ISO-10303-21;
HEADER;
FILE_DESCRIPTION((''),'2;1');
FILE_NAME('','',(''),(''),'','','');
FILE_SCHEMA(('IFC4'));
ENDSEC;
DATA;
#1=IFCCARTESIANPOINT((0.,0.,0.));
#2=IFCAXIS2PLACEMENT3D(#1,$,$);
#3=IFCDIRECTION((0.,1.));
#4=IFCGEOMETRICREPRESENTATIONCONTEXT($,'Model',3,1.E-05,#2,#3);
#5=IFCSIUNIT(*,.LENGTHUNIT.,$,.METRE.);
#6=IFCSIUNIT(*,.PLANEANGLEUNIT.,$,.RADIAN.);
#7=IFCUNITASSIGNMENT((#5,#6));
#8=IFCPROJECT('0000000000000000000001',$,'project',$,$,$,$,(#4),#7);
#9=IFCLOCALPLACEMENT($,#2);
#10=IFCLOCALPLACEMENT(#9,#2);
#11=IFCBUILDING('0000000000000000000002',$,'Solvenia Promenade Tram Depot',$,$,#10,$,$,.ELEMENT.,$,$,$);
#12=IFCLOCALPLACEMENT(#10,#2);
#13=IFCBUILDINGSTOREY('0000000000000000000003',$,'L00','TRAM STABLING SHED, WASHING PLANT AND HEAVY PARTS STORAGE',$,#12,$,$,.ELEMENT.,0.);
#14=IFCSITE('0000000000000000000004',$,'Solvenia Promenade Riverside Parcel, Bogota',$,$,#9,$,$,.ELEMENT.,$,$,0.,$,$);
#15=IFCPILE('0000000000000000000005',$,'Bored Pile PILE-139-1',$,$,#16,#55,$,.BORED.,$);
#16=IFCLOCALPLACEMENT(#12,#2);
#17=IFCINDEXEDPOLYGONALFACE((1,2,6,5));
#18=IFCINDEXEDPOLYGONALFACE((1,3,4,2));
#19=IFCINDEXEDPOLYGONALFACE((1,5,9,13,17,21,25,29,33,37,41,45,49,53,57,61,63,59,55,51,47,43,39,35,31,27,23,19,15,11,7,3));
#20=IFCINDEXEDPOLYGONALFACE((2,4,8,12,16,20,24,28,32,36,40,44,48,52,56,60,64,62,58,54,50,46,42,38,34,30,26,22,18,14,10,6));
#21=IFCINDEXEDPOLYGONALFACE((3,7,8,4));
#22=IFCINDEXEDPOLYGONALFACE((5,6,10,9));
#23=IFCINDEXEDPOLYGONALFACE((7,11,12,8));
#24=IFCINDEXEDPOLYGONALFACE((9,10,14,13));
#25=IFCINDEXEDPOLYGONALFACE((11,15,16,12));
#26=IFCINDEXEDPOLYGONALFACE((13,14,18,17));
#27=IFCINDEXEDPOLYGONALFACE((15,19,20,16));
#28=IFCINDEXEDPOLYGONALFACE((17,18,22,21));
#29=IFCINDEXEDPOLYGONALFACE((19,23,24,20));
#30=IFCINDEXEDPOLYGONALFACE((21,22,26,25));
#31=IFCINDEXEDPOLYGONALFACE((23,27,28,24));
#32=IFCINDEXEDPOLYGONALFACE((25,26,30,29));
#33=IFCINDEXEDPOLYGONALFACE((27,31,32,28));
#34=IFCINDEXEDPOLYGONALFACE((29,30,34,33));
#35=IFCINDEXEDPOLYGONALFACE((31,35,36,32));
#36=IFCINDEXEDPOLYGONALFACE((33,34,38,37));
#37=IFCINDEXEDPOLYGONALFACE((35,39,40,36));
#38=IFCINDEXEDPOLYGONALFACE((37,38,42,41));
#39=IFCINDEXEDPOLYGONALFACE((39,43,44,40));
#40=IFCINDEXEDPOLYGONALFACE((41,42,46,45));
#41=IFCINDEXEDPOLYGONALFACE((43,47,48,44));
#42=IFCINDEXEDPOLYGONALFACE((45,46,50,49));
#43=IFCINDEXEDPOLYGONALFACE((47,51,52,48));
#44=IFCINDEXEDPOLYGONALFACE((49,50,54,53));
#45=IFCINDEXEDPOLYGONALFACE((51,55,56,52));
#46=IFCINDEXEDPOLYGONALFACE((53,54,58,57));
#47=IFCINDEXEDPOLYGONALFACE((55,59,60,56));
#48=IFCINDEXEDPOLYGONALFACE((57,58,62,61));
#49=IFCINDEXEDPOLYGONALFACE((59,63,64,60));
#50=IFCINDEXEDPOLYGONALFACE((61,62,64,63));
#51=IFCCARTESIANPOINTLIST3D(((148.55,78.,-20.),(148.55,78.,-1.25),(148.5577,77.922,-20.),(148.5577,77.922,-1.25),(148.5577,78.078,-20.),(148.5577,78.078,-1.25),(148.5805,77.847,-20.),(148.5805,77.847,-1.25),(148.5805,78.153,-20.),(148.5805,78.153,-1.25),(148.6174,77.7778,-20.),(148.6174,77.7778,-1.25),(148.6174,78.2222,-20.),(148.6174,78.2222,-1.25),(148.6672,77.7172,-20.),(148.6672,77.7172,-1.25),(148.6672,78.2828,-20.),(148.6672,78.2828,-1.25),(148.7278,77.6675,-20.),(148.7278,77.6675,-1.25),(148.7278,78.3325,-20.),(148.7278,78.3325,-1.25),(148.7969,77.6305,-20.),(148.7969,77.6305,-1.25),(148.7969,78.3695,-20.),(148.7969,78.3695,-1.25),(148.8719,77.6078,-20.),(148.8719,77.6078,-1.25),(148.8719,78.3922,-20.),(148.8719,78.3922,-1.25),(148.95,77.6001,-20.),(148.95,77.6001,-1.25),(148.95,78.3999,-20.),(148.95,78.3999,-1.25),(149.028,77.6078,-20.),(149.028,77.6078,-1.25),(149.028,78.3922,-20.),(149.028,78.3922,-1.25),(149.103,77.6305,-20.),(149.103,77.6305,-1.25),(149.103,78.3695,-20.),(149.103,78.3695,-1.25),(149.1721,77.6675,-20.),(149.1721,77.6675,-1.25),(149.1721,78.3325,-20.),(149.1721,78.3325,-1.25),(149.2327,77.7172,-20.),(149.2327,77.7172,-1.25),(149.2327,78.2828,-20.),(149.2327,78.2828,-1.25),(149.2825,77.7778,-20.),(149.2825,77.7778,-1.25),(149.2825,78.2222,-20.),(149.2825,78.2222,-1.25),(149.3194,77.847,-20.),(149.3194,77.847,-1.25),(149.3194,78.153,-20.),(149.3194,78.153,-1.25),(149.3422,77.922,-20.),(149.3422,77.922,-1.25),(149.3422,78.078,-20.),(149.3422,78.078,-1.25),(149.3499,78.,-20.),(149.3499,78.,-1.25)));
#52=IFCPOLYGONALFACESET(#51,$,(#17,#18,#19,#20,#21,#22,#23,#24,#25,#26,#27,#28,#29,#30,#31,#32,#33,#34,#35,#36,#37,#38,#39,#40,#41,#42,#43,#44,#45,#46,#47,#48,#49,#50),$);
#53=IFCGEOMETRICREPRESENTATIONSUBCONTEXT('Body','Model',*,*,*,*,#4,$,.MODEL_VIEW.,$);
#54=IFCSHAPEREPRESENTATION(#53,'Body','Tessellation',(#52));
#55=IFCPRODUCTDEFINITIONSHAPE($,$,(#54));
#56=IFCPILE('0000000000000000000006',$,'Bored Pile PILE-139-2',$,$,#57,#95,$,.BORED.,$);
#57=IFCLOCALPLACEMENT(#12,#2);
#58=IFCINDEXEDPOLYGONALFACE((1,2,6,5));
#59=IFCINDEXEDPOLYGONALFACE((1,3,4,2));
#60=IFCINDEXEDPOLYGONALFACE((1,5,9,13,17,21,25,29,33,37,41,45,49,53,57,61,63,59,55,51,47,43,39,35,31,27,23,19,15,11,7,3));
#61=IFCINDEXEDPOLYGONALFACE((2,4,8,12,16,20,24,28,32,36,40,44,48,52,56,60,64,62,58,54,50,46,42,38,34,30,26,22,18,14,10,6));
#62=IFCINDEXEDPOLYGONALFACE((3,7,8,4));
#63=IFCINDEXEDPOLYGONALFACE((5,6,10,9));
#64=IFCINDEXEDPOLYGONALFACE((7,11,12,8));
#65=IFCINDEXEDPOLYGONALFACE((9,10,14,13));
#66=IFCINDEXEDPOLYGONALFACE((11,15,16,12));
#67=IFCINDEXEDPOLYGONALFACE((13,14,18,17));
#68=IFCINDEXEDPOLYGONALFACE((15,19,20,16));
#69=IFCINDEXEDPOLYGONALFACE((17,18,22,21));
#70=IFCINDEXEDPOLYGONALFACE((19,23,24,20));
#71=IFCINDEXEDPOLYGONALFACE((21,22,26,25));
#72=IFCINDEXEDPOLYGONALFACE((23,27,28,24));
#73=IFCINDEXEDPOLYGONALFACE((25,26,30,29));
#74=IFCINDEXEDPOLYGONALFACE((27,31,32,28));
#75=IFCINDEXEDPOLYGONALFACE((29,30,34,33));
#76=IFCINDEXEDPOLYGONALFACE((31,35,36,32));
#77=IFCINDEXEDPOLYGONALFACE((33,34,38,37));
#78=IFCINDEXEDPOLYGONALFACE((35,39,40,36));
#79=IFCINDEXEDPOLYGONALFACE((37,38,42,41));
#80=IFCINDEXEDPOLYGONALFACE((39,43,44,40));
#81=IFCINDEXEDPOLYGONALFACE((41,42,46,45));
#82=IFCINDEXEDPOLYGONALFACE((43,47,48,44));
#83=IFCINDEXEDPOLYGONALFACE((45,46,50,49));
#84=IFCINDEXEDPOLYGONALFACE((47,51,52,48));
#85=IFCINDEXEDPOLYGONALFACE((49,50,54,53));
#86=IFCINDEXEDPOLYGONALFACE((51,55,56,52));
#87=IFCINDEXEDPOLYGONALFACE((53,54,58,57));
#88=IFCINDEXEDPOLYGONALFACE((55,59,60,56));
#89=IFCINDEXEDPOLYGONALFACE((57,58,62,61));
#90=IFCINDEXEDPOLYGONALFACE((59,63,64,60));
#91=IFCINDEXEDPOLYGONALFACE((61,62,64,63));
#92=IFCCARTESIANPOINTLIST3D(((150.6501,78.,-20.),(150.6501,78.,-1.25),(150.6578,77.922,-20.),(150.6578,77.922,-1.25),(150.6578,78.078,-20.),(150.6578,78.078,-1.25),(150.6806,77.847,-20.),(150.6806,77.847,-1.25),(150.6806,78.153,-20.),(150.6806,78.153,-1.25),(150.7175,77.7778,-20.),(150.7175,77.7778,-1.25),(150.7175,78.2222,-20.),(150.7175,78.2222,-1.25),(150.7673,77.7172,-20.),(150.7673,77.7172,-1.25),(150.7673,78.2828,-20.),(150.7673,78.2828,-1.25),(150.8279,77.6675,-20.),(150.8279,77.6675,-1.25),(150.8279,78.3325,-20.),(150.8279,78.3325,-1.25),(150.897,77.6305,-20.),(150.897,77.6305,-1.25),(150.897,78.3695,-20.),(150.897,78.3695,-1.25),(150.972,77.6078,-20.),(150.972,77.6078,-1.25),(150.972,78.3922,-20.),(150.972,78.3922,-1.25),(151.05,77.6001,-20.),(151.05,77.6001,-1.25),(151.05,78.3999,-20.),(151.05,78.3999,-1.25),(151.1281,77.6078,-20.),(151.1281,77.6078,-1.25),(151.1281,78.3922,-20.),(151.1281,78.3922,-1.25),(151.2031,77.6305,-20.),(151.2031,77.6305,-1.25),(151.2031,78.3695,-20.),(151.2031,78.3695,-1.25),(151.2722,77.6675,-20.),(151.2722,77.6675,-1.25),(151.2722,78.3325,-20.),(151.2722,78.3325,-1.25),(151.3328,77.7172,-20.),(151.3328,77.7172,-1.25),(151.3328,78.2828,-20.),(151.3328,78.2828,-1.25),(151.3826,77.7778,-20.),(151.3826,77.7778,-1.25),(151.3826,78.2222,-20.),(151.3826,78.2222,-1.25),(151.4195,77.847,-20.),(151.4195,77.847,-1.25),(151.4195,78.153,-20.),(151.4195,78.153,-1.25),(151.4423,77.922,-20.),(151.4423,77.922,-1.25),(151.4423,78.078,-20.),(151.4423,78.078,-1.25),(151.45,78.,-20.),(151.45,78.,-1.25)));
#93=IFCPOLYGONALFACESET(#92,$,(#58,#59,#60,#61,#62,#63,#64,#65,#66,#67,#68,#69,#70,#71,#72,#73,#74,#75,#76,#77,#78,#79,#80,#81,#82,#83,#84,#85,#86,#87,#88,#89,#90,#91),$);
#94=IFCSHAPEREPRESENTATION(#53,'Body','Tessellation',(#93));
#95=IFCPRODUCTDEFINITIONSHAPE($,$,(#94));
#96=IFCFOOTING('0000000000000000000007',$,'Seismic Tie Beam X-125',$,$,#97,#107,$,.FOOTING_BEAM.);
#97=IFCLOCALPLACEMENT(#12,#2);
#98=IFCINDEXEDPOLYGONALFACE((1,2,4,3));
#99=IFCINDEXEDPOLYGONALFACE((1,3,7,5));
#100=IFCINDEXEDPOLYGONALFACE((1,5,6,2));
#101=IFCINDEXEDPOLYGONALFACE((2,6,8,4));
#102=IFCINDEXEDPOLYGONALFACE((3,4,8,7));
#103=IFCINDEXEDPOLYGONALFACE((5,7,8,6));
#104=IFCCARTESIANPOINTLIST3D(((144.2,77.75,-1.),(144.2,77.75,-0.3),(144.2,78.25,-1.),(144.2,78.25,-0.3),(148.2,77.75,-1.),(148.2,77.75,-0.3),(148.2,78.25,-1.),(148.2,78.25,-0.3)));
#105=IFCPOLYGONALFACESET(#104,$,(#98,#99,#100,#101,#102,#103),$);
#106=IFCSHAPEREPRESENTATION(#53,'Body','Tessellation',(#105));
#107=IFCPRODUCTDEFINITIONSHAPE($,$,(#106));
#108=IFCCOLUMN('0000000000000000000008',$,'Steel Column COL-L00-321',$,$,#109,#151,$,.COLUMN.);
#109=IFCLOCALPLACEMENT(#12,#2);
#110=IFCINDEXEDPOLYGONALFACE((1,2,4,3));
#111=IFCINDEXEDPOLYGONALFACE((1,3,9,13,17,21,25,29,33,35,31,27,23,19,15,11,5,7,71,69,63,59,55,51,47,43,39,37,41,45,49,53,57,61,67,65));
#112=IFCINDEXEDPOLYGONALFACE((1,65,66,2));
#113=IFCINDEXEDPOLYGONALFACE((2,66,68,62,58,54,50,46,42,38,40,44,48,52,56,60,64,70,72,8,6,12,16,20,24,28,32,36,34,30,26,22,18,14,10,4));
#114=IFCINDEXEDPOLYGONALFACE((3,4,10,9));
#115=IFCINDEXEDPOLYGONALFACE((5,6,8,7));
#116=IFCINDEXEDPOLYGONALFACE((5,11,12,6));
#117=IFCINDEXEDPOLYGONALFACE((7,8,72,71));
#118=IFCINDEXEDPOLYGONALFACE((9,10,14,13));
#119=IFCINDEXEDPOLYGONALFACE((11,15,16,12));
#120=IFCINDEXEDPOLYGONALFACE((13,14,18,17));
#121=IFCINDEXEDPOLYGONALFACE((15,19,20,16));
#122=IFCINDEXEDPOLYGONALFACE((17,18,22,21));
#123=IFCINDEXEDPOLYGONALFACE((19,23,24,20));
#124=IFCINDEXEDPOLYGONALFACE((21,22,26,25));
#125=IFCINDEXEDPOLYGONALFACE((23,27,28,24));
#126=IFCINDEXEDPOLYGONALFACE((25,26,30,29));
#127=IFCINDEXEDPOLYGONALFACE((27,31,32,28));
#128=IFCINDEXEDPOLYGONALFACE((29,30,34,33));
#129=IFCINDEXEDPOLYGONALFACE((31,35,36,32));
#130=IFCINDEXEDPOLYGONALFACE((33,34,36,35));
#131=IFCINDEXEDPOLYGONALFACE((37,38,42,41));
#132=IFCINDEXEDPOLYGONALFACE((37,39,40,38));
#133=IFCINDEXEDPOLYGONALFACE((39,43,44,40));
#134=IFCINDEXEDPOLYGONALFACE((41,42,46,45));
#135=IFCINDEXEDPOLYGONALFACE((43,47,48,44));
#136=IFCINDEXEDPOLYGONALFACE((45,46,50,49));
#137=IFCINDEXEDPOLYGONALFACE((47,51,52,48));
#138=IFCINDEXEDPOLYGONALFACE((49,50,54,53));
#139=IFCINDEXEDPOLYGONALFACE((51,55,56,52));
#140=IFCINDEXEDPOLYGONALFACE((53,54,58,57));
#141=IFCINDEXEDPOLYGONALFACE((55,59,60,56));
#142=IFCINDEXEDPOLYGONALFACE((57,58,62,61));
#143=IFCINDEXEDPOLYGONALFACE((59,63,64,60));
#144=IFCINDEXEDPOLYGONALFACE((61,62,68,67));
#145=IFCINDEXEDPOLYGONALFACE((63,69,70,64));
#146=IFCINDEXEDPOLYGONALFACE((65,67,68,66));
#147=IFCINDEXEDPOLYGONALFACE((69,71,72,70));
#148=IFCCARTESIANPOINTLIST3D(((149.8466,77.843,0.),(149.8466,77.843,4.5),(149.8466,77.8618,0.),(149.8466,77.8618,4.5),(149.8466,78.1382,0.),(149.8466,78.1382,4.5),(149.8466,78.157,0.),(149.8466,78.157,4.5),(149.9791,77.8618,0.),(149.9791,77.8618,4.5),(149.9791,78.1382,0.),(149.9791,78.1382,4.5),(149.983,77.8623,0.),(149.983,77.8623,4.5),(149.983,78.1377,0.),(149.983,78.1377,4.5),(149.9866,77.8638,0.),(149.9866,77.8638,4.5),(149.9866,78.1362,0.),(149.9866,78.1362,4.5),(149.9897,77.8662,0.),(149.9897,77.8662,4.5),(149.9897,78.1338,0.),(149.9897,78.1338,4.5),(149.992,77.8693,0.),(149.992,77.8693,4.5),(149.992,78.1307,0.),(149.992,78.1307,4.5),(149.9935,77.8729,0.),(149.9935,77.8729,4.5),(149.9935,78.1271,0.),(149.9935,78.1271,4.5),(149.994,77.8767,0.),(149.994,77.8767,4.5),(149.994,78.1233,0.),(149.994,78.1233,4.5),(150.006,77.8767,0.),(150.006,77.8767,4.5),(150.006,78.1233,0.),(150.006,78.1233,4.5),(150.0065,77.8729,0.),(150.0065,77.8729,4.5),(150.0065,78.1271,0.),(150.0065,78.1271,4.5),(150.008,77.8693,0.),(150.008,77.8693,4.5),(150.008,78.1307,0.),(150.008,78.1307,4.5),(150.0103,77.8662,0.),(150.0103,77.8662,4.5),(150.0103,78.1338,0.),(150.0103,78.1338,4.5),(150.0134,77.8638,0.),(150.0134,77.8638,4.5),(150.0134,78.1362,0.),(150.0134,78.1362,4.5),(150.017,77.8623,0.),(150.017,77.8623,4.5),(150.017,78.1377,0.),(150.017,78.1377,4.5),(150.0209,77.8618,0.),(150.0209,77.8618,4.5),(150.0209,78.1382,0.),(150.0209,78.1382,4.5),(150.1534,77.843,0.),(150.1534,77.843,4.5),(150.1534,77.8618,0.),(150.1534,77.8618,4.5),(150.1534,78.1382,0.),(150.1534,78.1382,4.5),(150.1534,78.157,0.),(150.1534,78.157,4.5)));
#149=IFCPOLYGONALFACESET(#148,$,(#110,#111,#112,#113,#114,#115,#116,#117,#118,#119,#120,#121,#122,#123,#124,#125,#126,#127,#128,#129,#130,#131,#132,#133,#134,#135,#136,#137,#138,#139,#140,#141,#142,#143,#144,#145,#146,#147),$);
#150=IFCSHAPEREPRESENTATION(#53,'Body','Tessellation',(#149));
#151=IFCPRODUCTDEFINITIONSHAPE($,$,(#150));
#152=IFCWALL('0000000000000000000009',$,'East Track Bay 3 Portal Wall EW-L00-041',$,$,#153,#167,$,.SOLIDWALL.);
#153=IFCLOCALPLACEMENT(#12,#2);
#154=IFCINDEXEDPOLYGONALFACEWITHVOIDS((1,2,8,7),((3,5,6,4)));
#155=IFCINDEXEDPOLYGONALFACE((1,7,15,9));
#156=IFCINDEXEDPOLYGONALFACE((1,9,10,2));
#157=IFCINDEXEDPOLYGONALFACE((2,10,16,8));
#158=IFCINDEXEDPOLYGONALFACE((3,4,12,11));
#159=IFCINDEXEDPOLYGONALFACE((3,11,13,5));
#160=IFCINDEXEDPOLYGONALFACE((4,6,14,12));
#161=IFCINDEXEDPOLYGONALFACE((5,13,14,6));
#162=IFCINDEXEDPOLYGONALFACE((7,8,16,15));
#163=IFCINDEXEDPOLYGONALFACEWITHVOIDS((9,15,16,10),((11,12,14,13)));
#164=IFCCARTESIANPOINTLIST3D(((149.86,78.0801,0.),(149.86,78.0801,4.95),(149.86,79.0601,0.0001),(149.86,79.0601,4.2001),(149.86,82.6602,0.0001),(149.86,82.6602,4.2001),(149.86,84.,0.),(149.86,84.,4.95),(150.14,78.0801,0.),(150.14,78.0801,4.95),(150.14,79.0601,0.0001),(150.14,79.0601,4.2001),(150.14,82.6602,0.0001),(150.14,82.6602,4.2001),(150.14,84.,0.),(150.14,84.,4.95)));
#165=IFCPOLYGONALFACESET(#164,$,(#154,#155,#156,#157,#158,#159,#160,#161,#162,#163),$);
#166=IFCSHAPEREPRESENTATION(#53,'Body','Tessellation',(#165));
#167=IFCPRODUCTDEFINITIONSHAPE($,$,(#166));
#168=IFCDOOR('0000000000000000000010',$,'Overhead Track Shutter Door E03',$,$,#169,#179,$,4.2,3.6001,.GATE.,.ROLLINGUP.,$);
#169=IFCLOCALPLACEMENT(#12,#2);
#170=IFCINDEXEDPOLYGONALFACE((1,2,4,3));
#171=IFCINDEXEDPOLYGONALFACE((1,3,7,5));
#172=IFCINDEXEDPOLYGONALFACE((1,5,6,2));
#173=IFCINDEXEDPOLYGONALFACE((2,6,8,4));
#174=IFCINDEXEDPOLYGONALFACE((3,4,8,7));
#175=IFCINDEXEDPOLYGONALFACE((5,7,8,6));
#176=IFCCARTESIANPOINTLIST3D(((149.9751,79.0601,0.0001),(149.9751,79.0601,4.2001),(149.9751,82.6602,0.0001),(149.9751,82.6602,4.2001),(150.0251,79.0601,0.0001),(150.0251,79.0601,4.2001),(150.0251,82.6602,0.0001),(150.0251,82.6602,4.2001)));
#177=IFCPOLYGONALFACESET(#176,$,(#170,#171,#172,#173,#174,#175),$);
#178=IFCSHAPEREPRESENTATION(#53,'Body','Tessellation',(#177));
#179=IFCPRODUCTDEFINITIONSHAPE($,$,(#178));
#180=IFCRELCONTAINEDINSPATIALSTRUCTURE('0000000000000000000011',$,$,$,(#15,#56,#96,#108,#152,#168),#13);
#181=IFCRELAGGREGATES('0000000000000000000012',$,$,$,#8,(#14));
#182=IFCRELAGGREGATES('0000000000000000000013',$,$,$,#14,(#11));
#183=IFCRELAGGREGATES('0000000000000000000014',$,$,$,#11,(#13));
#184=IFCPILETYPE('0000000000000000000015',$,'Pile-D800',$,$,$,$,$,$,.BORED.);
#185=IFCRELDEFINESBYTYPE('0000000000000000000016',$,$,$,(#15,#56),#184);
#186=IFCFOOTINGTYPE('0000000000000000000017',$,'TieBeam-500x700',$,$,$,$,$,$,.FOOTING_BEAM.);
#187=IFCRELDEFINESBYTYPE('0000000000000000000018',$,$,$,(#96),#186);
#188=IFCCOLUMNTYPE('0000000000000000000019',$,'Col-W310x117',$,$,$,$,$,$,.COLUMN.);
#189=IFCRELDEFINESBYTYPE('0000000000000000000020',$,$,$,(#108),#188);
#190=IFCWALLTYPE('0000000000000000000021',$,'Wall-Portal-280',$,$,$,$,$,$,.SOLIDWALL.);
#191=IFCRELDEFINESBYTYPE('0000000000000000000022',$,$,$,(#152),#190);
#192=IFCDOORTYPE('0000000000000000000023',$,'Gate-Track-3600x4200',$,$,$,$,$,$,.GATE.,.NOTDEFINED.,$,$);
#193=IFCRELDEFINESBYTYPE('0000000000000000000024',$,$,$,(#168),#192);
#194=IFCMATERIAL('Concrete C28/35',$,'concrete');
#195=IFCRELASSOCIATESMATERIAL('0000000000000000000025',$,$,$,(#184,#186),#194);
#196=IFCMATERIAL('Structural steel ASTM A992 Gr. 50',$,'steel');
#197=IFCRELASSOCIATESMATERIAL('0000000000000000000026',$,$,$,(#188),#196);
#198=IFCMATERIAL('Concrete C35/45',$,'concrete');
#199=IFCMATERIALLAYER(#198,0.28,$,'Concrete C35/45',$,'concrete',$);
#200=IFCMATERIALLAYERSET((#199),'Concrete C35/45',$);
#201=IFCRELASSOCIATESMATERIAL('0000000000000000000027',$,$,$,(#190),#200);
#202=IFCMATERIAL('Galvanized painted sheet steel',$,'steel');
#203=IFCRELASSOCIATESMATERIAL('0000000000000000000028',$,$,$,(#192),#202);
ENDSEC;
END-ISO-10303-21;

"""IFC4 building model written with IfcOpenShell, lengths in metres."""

from ifc_helpers import new_model, si_unit, direction, frame, frame_2d, origin, origin_2d, place, context, subcontext, project, spatial, rectangle, circle, i_section, extrude, material, layer, layer_set, material_profile, profile_set, type_object, element, fill, save


model = new_model("IFC4")

# Units and contexts
model_context = context("Model", 3, precision=1e-05, world=origin(), true_north=direction((0.0, 1.0)))
body_context = subcontext(model_context, "Body", "Model", "MODEL_VIEW")
ifc_project = project(units=[si_unit("LENGTHUNIT", "METRE"), si_unit("PLANEANGLEUNIT", "RADIAN")], contexts=[model_context])

# Site, building, storey
site_placement = place(None, origin())
site = spatial("IfcSite", under=ifc_project, at=site_placement, Name="Solvenia Promenade Riverside Parcel, Bogota", CompositionType="ELEMENT", RefElevation=0.0)
building_placement = place(site_placement, origin())
building = spatial("IfcBuilding", under=site, at=building_placement, Name="Solvenia Promenade Tram Depot", CompositionType="ELEMENT")
storey_placement = place(building_placement, origin())
storey = spatial("IfcBuildingStorey", under=building, at=storey_placement, Name="L00", Description="TRAM STABLING SHED, WASHING PLANT AND HEAVY PARTS STORAGE", CompositionType="ELEMENT", Elevation=0.0)

# Shared definitions
ifc_material_1 = material(Name="Concrete C28/35", Category="concrete")

# Piles
ifc_material_profile_1 = material_profile(ifc_material_1, circle(Radius=0.3999, at=origin_2d()), Name="D800", Category="concrete")
ifc_profile_set_1 = profile_set([ifc_material_profile_1], Name="Concrete C28/35")
pile_type_1 = type_object("IfcPileType", Name="Pile-D800", PredefinedType="BORED", material=ifc_profile_set_1)
for number, where, z_axis, x_axis, name in (
    (1, (148.95, 78.0, -1.25), (0.0, 0.0, -1.0), (1.0, 0.0, 0.0), "Bored Pile PILE-139-1"),
    (2, (151.05, 78.0, -1.25), (0.0, 0.0, -1.0), (1.0, 0.0, 0.0), "Bored Pile PILE-139-2"),
):
    element("IfcPile", number, at=place(storey_placement, frame(where, z_axis=z_axis, x_axis=x_axis)), inside=storey, type_object=pile_type_1, Name=name, PredefinedType="BORED", context=body_context, shape_type="SweptSolid", body=[
        extrude(circle(Radius=0.3999, at=origin_2d()), origin(), (0.0, 0.0, 1.0), 18.75),
    ])

# Footing
footing_type_1 = type_object("IfcFootingType", Name="TieBeam-500x700", PredefinedType="FOOTING_BEAM", material=ifc_material_1)
footing_1_placement = place(storey_placement, frame((146.2, 78.0, -1.0), z_axis=(0.0, 0.0, 1.0), x_axis=(1.0, 0.0, 0.0)))
element("IfcFooting", 3, at=footing_1_placement, inside=storey, type_object=footing_type_1, Name="Seismic Tie Beam X-125", PredefinedType="FOOTING_BEAM", context=body_context, shape_type="SweptSolid", body=[
    extrude(rectangle(XDim=4.0, YDim=0.5, at=origin_2d()), origin(), (0.0, 0.0, 1.0), 0.7),
])

# Column
ifc_material_2 = material(Name="Structural steel ASTM A992 Gr. 50", Category="steel")
ifc_material_profile_2 = material_profile(ifc_material_2, i_section(OverallWidth=0.3069, OverallDepth=0.314, WebThickness=0.012, FlangeThickness=0.0188, FilletRadius=0.0149, at=origin_2d()), Name="W310x117", Category="steel")
ifc_profile_set_2 = profile_set([ifc_material_profile_2], Name="Structural steel ASTM A992 Gr. 50")
column_type = type_object("IfcColumnType", Name="Col-W310x117", PredefinedType="COLUMN", material=ifc_profile_set_2)
column_placement = place(storey_placement, frame((150.0, 78.0, 0.0), z_axis=(0.0, 0.0, 1.0), x_axis=(1.0, 0.0, 0.0)))
element("IfcColumn", 4, at=column_placement, inside=storey, type_object=column_type, Name="Steel Column COL-L00-321", PredefinedType="COLUMN", context=body_context, shape_type="SweptSolid", body=[
    extrude(i_section(OverallWidth=0.3069, OverallDepth=0.314, WebThickness=0.012, FlangeThickness=0.0188, FilletRadius=0.0149, at=origin_2d()), origin(), (0.0, 0.0, 1.0), 4.5),
])

# Wall, opening, door
ifc_material_3 = material(Name="Concrete C35/45", Category="concrete")
ifc_layer = layer(ifc_material_3, 0.28, Name="Concrete C35/45", Category="concrete")
ifc_layer_set = layer_set([ifc_layer], Name="Concrete C35/45")
wall_type = type_object("IfcWallType", Name="Wall-Portal-280", PredefinedType="SOLIDWALL", material=ifc_layer_set)
wall_1_placement = place(storey_placement, frame((150.0, 78.0801, 0.0), z_axis=(0.0, 0.0, 1.0), x_axis=(0.0, 1.0, 0.0)))
wall_1 = element("IfcWall", 5, at=wall_1_placement, inside=storey, type_object=wall_type, Name="East Track Bay 3 Portal Wall EW-L00-041", PredefinedType="SOLIDWALL", context=body_context, shape_type="SweptSolid", body=[
    extrude(rectangle(XDim=5.9199, YDim=0.28, at=frame_2d((2.96, 0.0))), origin(), (0.0, 0.0, 1.0), 4.95),
])
opening_1_placement = place(wall_1_placement, frame((0.98, 0.0, 0.0)))
opening_1 = element("IfcOpeningElement", 6, at=opening_1_placement, cuts=wall_1, PredefinedType="OPENING", context=body_context, shape_type="SweptSolid", body=[
    extrude(rectangle(XDim=3.6001, YDim=4.2, at=frame_2d((1.8, 2.1001))), frame((0.0, 0.1499, 0.0), z_axis=(0.0, -1.0, 0.0), x_axis=(1.0, 0.0, 0.0)), (0.0, 0.0, 1.0), 0.3),
])
ifc_material_4 = material(Name="Galvanized painted sheet steel", Category="steel")
door_type_1 = type_object("IfcDoorType", Name="Gate-Track-3600x4200", OperationType="NOTDEFINED", PredefinedType="GATE", material=ifc_material_4)
door_1_placement = place(opening_1_placement, origin())
door_1 = element("IfcDoor", 7, at=door_1_placement, inside=storey, type_object=door_type_1, Name="Overhead Track Shutter Door E03", OperationType="ROLLINGUP", OverallHeight=4.2, OverallWidth=3.6001, PredefinedType="GATE", context=body_context, shape_type="SweptSolid", body=[
    extrude(rectangle(XDim=3.6001, YDim=4.2, at=frame_2d((1.8, 2.1001))), frame((0.0, 0.0249, 0.0), z_axis=(0.0, -1.0, 0.0), x_axis=(1.0, 0.0, 0.0)), (0.0, 0.0, 1.0), 0.05),
])
fill(opening_1, door_1)

save(model, "model.ifc")
